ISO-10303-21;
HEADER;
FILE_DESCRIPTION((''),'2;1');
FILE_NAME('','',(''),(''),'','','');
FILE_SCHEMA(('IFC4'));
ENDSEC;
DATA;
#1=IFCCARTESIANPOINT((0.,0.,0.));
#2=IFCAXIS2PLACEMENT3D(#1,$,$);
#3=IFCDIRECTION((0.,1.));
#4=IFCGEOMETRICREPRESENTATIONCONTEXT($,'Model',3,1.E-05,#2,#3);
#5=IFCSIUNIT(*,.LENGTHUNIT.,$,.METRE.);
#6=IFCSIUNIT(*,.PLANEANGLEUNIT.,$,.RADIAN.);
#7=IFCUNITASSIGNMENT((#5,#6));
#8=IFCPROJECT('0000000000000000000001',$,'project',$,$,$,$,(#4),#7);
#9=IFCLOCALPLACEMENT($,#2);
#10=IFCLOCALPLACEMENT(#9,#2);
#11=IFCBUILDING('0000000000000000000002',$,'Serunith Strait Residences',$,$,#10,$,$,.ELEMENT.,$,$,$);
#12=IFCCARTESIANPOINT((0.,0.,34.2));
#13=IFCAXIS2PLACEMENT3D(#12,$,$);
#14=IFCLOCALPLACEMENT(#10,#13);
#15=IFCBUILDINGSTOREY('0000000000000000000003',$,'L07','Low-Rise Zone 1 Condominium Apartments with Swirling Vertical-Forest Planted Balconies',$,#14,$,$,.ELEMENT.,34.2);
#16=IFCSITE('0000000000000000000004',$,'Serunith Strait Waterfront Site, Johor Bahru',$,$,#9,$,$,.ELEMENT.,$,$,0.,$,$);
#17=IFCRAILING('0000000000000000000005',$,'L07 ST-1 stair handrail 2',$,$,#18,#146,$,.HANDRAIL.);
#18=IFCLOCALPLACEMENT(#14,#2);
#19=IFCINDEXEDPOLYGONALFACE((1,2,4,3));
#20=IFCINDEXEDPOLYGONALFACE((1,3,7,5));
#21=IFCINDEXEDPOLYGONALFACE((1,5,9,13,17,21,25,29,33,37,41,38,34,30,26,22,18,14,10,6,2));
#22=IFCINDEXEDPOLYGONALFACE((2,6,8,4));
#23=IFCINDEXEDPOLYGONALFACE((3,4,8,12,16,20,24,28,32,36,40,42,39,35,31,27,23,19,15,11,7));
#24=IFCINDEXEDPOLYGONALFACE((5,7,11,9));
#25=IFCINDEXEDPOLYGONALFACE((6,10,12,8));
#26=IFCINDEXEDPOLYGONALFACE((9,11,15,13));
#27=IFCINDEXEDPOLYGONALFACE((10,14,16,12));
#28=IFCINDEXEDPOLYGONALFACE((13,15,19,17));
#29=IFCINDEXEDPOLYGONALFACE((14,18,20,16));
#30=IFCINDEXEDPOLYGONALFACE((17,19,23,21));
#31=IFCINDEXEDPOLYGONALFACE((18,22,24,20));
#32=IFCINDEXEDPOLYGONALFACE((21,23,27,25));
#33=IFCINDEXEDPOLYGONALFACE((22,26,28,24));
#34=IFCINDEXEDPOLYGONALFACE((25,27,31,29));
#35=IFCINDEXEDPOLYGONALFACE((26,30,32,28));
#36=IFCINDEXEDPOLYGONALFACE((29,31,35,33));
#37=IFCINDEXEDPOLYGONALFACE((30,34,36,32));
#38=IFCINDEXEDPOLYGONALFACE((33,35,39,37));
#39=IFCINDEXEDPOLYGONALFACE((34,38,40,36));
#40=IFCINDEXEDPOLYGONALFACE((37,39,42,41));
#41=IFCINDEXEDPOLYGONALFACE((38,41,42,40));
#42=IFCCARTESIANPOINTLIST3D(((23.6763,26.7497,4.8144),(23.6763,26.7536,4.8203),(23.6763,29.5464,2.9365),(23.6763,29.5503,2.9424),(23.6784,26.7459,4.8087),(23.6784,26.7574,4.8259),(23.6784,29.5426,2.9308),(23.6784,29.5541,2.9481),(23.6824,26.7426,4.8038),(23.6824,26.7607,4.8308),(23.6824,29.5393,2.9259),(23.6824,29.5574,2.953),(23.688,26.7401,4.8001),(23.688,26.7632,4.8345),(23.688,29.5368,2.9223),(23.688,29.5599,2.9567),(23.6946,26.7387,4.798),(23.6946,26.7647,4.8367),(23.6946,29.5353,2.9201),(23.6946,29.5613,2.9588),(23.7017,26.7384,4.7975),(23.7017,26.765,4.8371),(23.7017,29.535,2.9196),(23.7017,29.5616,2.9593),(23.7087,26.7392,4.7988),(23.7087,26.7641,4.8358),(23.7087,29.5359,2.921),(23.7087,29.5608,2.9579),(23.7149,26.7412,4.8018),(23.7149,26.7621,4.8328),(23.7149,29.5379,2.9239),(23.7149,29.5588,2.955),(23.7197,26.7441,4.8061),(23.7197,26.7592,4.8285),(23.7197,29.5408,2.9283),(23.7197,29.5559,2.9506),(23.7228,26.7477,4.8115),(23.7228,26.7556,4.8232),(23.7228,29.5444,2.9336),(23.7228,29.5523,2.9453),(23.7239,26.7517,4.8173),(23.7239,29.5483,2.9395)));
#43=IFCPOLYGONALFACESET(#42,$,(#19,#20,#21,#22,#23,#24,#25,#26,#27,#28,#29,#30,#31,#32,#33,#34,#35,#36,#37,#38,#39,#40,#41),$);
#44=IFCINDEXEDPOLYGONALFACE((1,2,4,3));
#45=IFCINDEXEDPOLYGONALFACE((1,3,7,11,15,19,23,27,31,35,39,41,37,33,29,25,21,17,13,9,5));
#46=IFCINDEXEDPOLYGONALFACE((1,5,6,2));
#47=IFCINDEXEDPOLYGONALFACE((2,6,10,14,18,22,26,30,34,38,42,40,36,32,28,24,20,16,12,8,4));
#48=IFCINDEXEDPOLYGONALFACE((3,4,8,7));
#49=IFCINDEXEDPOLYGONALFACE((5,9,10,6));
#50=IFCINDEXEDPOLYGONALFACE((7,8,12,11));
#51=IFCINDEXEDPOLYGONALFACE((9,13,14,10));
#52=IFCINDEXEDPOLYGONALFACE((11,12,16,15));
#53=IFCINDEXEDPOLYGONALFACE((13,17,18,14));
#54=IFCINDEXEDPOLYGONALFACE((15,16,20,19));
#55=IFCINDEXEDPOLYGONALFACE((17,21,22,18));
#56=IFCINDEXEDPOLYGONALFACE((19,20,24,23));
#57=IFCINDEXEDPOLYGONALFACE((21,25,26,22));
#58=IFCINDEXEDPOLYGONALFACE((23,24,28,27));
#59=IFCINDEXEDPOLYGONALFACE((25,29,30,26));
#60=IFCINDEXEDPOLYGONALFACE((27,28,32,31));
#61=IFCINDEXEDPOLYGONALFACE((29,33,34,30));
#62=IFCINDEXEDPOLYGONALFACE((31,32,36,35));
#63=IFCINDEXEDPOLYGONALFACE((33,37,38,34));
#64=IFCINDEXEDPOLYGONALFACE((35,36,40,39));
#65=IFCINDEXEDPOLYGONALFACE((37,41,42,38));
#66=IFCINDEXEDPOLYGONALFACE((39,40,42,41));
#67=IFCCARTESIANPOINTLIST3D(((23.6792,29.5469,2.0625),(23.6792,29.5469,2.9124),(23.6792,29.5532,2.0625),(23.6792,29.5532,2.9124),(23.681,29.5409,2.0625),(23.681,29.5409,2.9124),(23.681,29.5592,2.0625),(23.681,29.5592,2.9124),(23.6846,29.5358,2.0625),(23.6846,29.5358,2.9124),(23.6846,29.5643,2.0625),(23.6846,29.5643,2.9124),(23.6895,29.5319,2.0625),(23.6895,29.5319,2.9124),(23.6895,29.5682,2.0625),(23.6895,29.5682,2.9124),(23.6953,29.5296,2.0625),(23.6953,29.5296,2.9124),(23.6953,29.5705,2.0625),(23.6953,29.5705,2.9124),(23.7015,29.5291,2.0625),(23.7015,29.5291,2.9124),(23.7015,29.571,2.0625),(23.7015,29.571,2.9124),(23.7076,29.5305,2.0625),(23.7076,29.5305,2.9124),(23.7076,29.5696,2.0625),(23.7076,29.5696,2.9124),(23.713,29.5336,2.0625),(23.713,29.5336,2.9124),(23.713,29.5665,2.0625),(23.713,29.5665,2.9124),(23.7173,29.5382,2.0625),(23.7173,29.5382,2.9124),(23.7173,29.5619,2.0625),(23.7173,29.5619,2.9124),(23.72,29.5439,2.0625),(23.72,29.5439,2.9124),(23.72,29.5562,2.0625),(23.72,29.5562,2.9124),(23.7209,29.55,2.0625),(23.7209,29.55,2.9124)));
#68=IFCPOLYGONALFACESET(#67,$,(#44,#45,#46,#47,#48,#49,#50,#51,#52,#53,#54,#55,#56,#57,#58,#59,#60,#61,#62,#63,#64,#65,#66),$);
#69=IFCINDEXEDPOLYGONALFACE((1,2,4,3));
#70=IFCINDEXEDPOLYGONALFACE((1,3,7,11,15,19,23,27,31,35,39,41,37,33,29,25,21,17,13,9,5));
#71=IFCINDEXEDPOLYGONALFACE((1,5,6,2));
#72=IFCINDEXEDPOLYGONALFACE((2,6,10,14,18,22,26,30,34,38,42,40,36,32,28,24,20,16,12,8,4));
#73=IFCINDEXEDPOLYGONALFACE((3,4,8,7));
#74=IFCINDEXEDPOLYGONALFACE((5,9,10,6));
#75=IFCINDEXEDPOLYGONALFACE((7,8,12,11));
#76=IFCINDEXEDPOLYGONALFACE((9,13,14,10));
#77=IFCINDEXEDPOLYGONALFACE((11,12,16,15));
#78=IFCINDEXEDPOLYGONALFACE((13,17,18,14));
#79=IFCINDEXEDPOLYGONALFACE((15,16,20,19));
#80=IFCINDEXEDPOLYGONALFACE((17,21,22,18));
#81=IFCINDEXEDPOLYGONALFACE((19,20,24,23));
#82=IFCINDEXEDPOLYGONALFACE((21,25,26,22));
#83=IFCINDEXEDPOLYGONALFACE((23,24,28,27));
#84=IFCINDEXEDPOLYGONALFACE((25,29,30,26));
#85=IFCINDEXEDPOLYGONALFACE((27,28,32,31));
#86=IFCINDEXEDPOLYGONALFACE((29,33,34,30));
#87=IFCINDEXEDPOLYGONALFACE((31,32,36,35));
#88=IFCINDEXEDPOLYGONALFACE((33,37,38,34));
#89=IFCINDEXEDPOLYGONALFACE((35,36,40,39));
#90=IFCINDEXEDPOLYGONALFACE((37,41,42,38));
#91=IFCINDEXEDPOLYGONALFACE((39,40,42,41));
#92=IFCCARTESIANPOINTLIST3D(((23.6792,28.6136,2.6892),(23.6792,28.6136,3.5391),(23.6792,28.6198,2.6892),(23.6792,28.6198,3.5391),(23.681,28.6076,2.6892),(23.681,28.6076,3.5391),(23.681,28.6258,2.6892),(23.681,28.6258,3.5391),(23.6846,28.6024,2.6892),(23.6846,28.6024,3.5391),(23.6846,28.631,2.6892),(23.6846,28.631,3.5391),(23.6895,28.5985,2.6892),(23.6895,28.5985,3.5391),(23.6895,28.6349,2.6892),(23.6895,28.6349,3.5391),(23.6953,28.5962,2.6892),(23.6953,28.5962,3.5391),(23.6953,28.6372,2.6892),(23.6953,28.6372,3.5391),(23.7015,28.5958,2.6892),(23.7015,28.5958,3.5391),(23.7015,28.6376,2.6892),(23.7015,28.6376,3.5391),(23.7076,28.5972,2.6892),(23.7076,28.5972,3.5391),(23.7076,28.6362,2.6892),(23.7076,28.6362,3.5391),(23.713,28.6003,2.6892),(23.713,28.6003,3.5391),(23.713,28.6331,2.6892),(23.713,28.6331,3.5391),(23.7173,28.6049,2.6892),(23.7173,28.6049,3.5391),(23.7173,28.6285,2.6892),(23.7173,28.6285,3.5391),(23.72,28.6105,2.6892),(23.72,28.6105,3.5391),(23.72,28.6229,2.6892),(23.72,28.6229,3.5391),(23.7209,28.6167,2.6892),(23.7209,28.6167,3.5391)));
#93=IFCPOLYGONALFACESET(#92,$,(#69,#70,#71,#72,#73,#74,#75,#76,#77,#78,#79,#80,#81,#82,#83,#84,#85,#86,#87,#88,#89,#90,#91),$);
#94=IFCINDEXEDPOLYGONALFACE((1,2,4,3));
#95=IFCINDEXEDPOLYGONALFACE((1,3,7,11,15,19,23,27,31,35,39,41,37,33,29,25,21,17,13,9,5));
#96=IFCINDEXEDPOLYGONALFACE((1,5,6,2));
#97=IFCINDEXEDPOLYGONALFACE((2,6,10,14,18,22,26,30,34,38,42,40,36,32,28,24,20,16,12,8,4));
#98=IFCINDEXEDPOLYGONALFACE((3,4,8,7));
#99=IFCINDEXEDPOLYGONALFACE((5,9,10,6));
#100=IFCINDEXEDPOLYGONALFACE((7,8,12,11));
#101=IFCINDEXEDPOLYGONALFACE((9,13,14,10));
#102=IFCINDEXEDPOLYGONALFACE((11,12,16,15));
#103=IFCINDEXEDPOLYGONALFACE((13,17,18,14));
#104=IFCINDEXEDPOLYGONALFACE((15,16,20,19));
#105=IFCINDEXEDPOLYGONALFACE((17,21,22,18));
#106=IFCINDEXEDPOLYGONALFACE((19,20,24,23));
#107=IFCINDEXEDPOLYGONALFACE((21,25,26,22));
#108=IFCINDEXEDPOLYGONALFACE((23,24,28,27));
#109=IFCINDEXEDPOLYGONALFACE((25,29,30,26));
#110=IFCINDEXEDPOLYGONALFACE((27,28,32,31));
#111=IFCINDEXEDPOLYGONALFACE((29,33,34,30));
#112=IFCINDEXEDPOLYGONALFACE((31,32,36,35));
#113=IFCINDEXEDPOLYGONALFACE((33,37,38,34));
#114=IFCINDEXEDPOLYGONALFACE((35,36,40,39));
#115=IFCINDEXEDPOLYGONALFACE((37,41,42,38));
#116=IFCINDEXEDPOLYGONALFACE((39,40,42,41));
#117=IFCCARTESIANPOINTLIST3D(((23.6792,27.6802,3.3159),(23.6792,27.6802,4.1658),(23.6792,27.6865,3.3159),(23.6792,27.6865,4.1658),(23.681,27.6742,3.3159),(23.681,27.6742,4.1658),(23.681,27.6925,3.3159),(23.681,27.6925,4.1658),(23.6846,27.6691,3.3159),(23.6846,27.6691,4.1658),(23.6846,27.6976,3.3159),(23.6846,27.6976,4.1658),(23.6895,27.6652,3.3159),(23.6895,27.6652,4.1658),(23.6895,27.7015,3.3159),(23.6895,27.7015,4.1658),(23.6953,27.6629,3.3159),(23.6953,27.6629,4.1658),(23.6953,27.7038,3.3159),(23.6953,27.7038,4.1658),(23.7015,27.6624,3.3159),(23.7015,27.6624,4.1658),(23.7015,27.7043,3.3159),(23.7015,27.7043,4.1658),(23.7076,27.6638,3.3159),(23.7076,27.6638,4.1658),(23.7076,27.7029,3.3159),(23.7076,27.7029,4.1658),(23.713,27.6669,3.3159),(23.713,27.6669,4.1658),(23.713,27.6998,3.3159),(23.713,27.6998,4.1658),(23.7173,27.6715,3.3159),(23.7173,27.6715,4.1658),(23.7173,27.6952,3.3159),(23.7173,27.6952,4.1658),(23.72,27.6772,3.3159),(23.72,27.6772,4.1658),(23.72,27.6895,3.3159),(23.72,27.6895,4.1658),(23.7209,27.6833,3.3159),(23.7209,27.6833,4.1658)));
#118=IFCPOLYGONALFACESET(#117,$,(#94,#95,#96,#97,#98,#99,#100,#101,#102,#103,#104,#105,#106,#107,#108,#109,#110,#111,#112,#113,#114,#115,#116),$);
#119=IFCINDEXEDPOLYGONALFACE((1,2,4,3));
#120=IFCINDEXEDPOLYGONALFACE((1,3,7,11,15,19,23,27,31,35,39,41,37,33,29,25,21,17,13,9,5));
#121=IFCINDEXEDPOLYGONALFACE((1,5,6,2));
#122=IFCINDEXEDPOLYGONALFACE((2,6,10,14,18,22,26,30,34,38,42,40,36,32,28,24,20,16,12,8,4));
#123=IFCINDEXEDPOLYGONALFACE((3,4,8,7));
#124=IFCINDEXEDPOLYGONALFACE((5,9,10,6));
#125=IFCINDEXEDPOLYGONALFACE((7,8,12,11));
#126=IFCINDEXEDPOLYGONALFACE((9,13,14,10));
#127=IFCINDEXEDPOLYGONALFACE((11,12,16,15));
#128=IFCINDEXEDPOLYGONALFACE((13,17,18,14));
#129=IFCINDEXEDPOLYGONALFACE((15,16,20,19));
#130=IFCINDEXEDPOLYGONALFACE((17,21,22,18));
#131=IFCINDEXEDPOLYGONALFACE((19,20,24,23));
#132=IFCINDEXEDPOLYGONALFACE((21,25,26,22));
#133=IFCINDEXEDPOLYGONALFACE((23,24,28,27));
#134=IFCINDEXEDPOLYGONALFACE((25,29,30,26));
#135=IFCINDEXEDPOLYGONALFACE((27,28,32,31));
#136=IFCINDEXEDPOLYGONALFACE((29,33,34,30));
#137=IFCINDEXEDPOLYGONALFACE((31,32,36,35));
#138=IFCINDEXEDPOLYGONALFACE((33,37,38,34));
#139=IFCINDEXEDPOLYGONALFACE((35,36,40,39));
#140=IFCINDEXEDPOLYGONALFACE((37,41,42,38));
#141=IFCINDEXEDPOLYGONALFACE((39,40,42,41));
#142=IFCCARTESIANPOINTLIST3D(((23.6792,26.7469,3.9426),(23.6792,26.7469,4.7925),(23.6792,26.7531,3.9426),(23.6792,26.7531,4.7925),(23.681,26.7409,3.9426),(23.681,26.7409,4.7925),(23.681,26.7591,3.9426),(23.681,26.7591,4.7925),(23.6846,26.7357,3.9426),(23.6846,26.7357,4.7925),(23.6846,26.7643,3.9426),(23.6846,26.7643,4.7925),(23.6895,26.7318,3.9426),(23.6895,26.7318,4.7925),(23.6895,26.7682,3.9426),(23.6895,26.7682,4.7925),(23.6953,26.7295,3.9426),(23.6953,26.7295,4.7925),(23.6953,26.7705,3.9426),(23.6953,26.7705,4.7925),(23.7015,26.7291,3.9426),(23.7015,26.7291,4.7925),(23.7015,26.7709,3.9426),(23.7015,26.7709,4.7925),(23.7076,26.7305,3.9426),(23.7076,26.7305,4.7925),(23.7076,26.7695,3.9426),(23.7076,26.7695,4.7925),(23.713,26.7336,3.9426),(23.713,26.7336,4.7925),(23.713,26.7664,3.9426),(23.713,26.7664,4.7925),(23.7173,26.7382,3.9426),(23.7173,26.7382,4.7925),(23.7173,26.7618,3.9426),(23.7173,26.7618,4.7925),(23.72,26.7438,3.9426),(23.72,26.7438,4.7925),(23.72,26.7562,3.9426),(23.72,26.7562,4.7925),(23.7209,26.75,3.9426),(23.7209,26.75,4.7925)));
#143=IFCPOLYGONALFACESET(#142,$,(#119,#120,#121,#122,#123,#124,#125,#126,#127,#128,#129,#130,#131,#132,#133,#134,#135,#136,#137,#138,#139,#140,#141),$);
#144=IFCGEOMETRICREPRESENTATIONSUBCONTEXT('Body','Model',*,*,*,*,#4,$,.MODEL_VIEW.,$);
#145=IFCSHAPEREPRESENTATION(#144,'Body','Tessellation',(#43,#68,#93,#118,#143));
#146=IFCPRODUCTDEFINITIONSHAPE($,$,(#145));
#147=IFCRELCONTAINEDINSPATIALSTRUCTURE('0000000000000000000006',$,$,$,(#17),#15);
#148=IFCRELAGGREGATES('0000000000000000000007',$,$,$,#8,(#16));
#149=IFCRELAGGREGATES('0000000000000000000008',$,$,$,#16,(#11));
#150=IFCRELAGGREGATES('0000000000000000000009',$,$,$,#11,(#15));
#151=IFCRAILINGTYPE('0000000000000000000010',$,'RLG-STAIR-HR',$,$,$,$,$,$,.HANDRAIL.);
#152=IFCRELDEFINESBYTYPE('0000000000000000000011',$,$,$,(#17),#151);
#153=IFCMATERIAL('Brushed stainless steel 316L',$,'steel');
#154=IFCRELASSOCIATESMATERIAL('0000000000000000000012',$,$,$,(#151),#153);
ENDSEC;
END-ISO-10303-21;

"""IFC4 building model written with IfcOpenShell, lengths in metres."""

from ifc_helpers import new_model, si_unit, direction, frame, origin, origin_2d, place, context, subcontext, project, spatial, circle, extrude, material, type_object, element, save


model = new_model("IFC4")

# Units and contexts
model_context = context("Model", 3, precision=1e-05, world=origin(), true_north=direction((0.0, 1.0)))
body_context = subcontext(model_context, "Body", "Model", "MODEL_VIEW")
ifc_project = project(units=[si_unit("LENGTHUNIT", "METRE"), si_unit("PLANEANGLEUNIT", "RADIAN")], contexts=[model_context])

# Site, building, storey
site_placement = place(None, origin())
site = spatial("IfcSite", under=ifc_project, at=site_placement, Name="Serunith Strait Waterfront Site, Johor Bahru", CompositionType="ELEMENT", RefElevation=0.0)
building_placement = place(site_placement, origin())
building = spatial("IfcBuilding", under=site, at=building_placement, Name="Serunith Strait Residences", CompositionType="ELEMENT")
storey_placement = place(building_placement, frame((0.0, 0.0, 34.2)))
storey = spatial("IfcBuildingStorey", under=building, at=storey_placement, Name="L07", Description="Low-Rise Zone 1 Condominium Apartments with Swirling Vertical-Forest Planted Balconies", CompositionType="ELEMENT", Elevation=34.2)

# Railing
ifc_material_1 = material(Name="Brushed stainless steel 316L", Category="steel")
railing_type_1 = type_object("IfcRailingType", Name="RLG-STAIR-HR", PredefinedType="HANDRAIL", material=ifc_material_1)
railing_1_placement = place(storey_placement, frame((23.7, 29.55, 2.0625)))
element("IfcRailing", 1, at=railing_1_placement, inside=storey, type_object=railing_type_1, Name="L07 ST-1 stair handrail 2", PredefinedType="HANDRAIL", context=body_context, shape_type="SweptSolid", body=[
    extrude(circle(Radius=0.0239, at=origin_2d()), frame((0.0, -0.0017, 0.877), z_axis=(0.0, -0.830208, 0.557453), x_axis=(1.0, 0.0, 0.0)), (0.0, 0.0, 1.0), 3.3687),
    extrude(circle(Radius=0.021, at=origin_2d()), origin(), (0.0, 0.0, 1.0), 0.8499),
    extrude(circle(Radius=0.021, at=origin_2d()), frame((0.0, -0.9333, 0.6267)), (0.0, 0.0, 1.0), 0.8499),
    extrude(circle(Radius=0.021, at=origin_2d()), frame((0.0, -1.8667, 1.2534)), (0.0, 0.0, 1.0), 0.8499),
    extrude(circle(Radius=0.021, at=origin_2d()), frame((0.0, -2.8, 1.8801)), (0.0, 0.0, 1.0), 0.8499),
])

save(model, "model.ifc")
